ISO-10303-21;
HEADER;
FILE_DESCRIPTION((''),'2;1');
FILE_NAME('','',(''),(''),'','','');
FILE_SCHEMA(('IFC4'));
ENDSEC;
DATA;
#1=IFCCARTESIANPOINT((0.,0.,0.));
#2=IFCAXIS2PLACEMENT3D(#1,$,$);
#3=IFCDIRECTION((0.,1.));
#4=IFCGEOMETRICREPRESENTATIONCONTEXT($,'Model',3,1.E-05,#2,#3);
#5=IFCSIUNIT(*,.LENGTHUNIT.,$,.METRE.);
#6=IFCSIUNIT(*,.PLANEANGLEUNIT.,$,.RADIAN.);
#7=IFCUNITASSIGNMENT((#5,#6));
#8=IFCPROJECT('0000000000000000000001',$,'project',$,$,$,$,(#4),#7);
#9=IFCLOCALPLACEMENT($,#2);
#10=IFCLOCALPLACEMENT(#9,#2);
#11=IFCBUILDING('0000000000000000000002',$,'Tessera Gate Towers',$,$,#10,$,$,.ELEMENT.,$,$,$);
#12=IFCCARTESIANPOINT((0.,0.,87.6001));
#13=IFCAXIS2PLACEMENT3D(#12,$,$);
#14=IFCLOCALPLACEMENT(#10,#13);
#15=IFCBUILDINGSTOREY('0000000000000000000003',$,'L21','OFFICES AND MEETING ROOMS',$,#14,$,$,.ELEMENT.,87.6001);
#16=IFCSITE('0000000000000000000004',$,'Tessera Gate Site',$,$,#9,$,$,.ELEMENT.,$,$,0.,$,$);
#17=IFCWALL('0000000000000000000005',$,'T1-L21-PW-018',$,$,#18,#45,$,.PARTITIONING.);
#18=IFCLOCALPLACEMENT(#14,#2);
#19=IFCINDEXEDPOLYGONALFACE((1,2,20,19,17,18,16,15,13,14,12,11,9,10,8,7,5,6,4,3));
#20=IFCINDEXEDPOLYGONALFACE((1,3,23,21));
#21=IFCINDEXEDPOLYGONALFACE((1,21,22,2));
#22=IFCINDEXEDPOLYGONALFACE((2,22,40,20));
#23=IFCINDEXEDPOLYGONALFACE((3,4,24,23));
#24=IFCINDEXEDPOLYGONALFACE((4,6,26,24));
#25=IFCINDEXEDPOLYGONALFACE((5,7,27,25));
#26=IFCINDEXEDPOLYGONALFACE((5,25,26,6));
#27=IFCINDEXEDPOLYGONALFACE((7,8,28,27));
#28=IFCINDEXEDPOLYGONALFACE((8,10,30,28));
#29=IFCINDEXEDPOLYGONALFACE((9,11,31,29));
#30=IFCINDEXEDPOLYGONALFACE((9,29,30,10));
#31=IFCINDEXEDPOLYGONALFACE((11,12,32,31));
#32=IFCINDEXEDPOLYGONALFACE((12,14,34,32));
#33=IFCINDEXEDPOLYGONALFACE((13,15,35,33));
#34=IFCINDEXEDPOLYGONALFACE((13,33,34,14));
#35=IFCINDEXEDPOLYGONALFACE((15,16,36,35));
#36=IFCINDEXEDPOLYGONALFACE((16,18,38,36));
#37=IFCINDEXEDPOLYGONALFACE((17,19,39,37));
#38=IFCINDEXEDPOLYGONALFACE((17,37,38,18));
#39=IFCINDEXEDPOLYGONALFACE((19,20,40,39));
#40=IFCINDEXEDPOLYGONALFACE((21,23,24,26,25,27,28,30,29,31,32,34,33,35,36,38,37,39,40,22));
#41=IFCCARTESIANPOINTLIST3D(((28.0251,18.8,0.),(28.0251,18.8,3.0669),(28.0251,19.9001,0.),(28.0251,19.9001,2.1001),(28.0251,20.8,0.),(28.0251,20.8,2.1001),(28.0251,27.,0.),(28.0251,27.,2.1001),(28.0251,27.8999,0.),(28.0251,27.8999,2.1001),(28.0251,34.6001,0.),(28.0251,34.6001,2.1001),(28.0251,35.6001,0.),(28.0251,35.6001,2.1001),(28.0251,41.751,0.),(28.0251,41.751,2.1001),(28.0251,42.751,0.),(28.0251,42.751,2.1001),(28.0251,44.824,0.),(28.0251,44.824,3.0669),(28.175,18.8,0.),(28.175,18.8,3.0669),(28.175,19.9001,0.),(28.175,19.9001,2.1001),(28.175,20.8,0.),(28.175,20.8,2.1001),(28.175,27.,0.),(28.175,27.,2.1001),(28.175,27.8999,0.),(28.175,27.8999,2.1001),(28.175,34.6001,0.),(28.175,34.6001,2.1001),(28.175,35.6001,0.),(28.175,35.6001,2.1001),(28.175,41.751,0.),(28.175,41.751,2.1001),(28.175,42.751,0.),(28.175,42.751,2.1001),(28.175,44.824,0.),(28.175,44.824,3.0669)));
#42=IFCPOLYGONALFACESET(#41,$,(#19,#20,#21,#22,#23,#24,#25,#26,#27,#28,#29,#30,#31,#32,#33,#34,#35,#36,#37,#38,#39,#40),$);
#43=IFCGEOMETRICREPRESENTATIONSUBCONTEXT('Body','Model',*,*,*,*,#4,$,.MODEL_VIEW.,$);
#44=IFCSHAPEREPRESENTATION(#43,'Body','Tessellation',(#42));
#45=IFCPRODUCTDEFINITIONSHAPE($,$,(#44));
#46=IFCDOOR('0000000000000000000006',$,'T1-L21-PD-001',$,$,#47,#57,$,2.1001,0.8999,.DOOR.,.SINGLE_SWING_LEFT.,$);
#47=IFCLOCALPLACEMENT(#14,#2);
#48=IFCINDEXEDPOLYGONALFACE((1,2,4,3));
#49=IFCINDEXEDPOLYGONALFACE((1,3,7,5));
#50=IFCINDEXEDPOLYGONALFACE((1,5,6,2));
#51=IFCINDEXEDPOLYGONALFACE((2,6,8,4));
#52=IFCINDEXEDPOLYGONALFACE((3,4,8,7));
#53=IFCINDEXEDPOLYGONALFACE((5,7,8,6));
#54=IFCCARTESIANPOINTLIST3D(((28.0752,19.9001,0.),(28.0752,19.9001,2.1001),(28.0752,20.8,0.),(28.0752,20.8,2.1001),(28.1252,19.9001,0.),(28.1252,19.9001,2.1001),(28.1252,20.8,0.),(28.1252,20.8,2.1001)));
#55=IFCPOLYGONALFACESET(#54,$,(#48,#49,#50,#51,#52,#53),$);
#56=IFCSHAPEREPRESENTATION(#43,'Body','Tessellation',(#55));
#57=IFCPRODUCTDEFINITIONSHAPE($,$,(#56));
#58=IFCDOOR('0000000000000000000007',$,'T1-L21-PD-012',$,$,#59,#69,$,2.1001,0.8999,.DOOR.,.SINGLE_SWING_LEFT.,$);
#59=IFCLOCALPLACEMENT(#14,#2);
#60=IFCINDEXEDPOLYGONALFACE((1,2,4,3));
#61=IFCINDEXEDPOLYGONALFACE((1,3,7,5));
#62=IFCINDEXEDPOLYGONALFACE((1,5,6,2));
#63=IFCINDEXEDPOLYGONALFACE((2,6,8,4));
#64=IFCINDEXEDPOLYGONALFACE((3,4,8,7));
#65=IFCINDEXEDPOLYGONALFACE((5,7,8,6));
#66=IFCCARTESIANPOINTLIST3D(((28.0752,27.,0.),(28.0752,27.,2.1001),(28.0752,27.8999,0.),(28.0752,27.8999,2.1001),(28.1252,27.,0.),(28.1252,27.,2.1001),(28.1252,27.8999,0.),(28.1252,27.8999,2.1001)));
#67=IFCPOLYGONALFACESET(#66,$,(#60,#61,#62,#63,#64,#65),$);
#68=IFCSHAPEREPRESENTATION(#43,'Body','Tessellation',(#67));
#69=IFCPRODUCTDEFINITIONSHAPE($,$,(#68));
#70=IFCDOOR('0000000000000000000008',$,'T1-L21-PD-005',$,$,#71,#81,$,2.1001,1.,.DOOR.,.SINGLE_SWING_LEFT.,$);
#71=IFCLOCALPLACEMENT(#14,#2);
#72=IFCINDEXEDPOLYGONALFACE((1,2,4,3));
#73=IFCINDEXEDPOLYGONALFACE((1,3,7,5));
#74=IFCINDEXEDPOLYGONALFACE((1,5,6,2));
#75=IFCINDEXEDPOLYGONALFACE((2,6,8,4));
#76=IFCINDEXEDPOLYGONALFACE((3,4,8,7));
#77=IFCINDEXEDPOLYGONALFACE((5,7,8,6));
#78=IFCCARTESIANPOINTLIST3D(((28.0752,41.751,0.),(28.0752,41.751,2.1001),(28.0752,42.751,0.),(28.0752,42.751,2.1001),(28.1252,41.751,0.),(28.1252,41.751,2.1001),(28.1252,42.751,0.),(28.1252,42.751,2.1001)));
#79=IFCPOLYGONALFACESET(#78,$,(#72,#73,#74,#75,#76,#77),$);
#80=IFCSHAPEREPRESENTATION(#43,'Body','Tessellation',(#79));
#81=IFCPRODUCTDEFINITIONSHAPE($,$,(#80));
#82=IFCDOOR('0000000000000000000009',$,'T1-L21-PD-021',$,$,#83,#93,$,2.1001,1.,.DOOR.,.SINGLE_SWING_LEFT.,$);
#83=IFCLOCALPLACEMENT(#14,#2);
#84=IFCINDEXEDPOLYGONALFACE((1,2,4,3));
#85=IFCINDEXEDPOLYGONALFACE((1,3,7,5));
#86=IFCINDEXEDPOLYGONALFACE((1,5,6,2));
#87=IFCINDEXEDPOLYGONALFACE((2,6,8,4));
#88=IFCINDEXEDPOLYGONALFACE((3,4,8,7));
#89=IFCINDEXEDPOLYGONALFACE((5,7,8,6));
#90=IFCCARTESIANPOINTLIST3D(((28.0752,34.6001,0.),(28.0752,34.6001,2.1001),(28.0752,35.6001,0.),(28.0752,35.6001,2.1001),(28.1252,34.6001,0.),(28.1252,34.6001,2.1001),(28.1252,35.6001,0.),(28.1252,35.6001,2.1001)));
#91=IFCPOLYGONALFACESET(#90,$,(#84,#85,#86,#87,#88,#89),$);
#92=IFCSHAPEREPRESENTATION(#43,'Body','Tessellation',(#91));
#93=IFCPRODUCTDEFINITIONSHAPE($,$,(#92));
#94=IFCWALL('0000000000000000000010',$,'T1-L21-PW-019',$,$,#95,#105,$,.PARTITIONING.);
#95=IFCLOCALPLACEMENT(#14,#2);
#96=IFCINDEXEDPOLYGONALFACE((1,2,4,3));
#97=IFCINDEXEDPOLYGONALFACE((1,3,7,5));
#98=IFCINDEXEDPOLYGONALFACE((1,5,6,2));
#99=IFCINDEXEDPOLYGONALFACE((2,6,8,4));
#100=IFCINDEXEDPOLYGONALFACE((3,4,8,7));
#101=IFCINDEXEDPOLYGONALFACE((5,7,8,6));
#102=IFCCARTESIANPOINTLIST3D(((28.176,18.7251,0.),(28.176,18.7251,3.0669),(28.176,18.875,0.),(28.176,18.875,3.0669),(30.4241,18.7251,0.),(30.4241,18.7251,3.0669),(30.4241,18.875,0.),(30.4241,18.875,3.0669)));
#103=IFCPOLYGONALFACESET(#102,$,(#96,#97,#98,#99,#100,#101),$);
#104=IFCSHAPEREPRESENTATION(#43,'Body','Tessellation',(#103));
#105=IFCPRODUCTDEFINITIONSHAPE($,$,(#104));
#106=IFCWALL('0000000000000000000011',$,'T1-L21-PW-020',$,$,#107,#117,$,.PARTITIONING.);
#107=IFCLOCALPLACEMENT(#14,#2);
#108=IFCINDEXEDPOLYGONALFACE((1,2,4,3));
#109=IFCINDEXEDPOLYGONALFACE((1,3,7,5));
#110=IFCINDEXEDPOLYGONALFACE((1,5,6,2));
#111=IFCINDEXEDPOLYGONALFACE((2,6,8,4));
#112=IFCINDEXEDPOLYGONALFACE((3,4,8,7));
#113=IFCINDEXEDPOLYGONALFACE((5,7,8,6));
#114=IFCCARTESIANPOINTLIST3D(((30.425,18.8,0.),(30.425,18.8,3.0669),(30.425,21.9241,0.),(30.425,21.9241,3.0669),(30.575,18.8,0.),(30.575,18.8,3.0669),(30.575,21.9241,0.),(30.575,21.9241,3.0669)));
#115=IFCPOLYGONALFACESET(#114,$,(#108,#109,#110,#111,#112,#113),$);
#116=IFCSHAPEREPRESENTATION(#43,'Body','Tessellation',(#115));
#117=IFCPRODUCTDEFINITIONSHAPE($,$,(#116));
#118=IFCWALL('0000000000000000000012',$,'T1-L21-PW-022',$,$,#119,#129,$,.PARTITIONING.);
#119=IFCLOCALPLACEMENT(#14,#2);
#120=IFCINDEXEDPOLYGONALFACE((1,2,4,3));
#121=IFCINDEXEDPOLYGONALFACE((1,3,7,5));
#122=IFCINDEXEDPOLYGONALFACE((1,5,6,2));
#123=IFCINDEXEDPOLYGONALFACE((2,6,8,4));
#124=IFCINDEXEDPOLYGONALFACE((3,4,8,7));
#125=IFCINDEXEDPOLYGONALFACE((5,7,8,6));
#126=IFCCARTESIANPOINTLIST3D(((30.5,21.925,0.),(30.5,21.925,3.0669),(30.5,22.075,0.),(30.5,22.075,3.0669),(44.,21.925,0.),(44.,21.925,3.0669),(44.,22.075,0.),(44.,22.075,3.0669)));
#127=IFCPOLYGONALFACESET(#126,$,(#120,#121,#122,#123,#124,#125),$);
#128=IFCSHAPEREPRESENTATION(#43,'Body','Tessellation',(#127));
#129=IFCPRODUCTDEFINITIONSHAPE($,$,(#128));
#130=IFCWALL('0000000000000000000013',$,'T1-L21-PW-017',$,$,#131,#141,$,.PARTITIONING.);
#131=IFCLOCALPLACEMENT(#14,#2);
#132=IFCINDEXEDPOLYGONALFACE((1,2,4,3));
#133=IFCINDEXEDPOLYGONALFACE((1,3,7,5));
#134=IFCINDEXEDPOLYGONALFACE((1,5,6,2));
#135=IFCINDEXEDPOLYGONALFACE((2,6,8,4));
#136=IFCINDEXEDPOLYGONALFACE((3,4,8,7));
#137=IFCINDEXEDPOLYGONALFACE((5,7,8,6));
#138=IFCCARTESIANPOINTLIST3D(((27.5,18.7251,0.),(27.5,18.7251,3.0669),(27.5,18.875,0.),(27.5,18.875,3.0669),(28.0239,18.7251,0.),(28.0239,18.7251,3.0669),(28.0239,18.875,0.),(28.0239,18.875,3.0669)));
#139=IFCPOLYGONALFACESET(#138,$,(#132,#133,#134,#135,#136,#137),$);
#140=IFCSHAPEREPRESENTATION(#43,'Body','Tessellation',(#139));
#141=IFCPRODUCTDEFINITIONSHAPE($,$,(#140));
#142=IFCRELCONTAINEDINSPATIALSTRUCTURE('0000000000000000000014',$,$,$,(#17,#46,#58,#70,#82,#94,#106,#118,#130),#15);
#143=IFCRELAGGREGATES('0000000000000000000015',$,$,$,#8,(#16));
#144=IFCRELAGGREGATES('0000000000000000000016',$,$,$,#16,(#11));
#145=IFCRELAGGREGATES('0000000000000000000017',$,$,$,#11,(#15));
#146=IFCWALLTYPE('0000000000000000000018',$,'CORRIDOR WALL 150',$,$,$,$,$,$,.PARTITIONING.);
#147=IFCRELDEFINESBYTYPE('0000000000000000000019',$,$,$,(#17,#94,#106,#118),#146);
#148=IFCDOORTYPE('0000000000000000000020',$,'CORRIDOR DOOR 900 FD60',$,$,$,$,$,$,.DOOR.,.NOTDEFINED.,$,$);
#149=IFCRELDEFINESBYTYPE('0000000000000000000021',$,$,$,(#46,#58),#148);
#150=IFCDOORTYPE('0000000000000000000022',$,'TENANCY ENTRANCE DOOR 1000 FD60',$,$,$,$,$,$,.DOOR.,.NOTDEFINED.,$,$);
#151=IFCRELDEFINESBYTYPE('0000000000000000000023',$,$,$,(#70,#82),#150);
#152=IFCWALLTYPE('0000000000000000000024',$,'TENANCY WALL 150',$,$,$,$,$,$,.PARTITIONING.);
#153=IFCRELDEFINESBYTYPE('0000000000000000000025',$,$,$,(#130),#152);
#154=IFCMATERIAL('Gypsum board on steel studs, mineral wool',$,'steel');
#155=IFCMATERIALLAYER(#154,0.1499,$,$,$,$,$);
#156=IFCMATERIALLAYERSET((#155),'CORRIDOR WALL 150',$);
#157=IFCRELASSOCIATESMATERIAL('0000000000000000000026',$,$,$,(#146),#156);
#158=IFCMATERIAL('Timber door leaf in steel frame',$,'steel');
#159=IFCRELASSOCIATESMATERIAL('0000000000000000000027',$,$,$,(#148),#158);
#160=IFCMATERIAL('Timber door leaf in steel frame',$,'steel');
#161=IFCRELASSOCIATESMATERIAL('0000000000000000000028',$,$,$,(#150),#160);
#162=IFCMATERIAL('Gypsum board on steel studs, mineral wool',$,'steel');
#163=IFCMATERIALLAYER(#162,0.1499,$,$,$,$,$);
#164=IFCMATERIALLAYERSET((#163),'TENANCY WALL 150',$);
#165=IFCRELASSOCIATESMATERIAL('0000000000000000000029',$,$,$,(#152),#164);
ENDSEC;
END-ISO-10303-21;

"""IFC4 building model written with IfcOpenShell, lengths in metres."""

from ifc_helpers import new_model, si_unit, direction, frame, frame_2d, origin, place, context, subcontext, project, spatial, rectangle, extrude, source, transform, mapped, material, layer, layer_set, type_object, element, fill, save


model = new_model("IFC4")

# Units and contexts
model_context = context("Model", 3, precision=1e-05, world=origin(), true_north=direction((0.0, 1.0)))
body_context = subcontext(model_context, "Body", "Model", "MODEL_VIEW")
ifc_project = project(units=[si_unit("LENGTHUNIT", "METRE"), si_unit("PLANEANGLEUNIT", "RADIAN")], contexts=[model_context])

# Site, building, storey
site_placement = place(None, origin())
site = spatial("IfcSite", under=ifc_project, at=site_placement, Name="Tessera Gate Site", CompositionType="ELEMENT", RefElevation=0.0)
building_placement = place(site_placement, origin())
building = spatial("IfcBuilding", under=site, at=building_placement, Name="Tessera Gate Towers", CompositionType="ELEMENT")
storey_placement = place(building_placement, frame((0.0, 0.0, 87.6001)))
storey = spatial("IfcBuildingStorey", under=building, at=storey_placement, Name="L21", Description="OFFICES AND MEETING ROOMS", CompositionType="ELEMENT", Elevation=87.6001)

# Wall, openings, doors
ifc_material_1 = material(Name="Gypsum board on steel studs, mineral wool", Category="steel")
ifc_layer_1 = layer(ifc_material_1, 0.1499)
ifc_layer_set_1 = layer_set([ifc_layer_1], Name="CORRIDOR WALL 150")
wall_type_1 = type_object("IfcWallType", Name="CORRIDOR WALL 150", PredefinedType="PARTITIONING", material=ifc_layer_set_1)
wall_1_placement = place(storey_placement, frame((28.1001, 18.8, 0.0), z_axis=(0.0, 0.0, 1.0), x_axis=(0.0, 1.0, 0.0)))
wall_1 = element("IfcWall", 1, at=wall_1_placement, inside=storey, type_object=wall_type_1, Name="T1-L21-PW-018", PredefinedType="PARTITIONING", context=body_context, shape_type="SweptSolid", body=[
    extrude(rectangle(XDim=26.0239, YDim=0.1499, at=frame_2d((13.012, 0.0))), origin(), (0.0, 0.0, 1.0), 3.0669),
])
shared_shape_1 = source(origin(), body_context, "Body", "SweptSolid", [
    extrude(rectangle(XDim=0.8999, YDim=2.1001, at=frame_2d((0.45, 1.05))), frame((0.0, 0.085, 0.0), z_axis=(0.0, -1.0, 0.0), x_axis=(1.0, 0.0, 0.0)), (0.0, 0.0, 1.0), 0.1699),
])
opening_1_placement = place(wall_1_placement, frame((1.1001, 0.0, 0.0)))
opening_1 = element("IfcOpeningElement", 2, at=opening_1_placement, cuts=wall_1, PredefinedType="OPENING", context=body_context, shape_type="MappedRepresentation", body=[
    mapped(shared_shape_1, transform((0.0, 0.0, 0.0), scale=1.0)),
])
shared_shape_2 = source(origin(), body_context, "Body", "SweptSolid", [
    extrude(rectangle(XDim=1.0, YDim=2.1001, at=frame_2d((0.5, 1.05))), frame((0.0, 0.085, 0.0), z_axis=(0.0, -1.0, 0.0), x_axis=(1.0, 0.0, 0.0)), (0.0, 0.0, 1.0), 0.1699),
])
opening_2_placement = place(wall_1_placement, frame((22.9509, 0.0, 0.0)))
opening_2 = element("IfcOpeningElement", 3, at=opening_2_placement, cuts=wall_1, PredefinedType="OPENING", context=body_context, shape_type="MappedRepresentation", body=[
    mapped(shared_shape_2, transform((0.0, 0.0, 0.0), scale=1.0)),
])
opening_3_placement = place(wall_1_placement, frame((8.2, 0.0, 0.0)))
opening_3 = element("IfcOpeningElement", 4, at=opening_3_placement, cuts=wall_1, PredefinedType="OPENING", context=body_context, shape_type="MappedRepresentation", body=[
    mapped(shared_shape_1, transform((0.0, 0.0, 0.0), scale=1.0)),
])
opening_4_placement = place(wall_1_placement, frame((15.8, 0.0, 0.0)))
opening_4 = element("IfcOpeningElement", 5, at=opening_4_placement, cuts=wall_1, PredefinedType="OPENING", context=body_context, shape_type="MappedRepresentation", body=[
    mapped(shared_shape_2, transform((0.0, 0.0, 0.0), scale=1.0)),
])
ifc_material_2 = material(Name="Timber door leaf in steel frame", Category="steel")
door_type_1 = type_object("IfcDoorType", Name="CORRIDOR DOOR 900 FD60", OperationType="NOTDEFINED", PredefinedType="DOOR", material=ifc_material_2)
shared_shape_3 = source(origin(), body_context, "Body", "SweptSolid", [
    extrude(rectangle(XDim=0.8999, YDim=2.1001, at=frame_2d((0.45, 1.05))), frame((0.0, 0.0249, 0.0), z_axis=(0.0, -1.0, 0.0), x_axis=(1.0, 0.0, 0.0)), (0.0, 0.0, 1.0), 0.05),
])
door_1_placement = place(opening_1_placement, origin())
door_1 = element("IfcDoor", 6, at=door_1_placement, inside=storey, type_object=door_type_1, Name="T1-L21-PD-001", OperationType="SINGLE_SWING_LEFT", OverallHeight=2.1001, OverallWidth=0.8999, PredefinedType="DOOR", context=body_context, shape_type="MappedRepresentation", body=[
    mapped(shared_shape_3, transform((0.0, 0.0, 0.0), scale=1.0)),
])
fill(opening_1, door_1)
door_2_placement = place(opening_3_placement, origin())
door_2 = element("IfcDoor", 7, at=door_2_placement, inside=storey, type_object=door_type_1, Name="T1-L21-PD-012", OperationType="SINGLE_SWING_LEFT", OverallHeight=2.1001, OverallWidth=0.8999, PredefinedType="DOOR", context=body_context, shape_type="MappedRepresentation", body=[
    mapped(shared_shape_3, transform((0.0, 0.0, 0.0), scale=1.0)),
])
fill(opening_3, door_2)
ifc_material_3 = material(Name="Timber door leaf in steel frame", Category="steel")
door_type_2 = type_object("IfcDoorType", Name="TENANCY ENTRANCE DOOR 1000 FD60", OperationType="NOTDEFINED", PredefinedType="DOOR", material=ifc_material_3)
shared_shape_4 = source(origin(), body_context, "Body", "SweptSolid", [
    extrude(rectangle(XDim=1.0, YDim=2.1001, at=frame_2d((0.5, 1.05))), frame((0.0, 0.0249, 0.0), z_axis=(0.0, -1.0, 0.0), x_axis=(1.0, 0.0, 0.0)), (0.0, 0.0, 1.0), 0.05),
])
door_3_placement = place(opening_2_placement, origin())
door_3 = element("IfcDoor", 8, at=door_3_placement, inside=storey, type_object=door_type_2, Name="T1-L21-PD-005", OperationType="SINGLE_SWING_LEFT", OverallHeight=2.1001, OverallWidth=1.0, PredefinedType="DOOR", context=body_context, shape_type="MappedRepresentation", body=[
    mapped(shared_shape_4, transform((0.0, 0.0, 0.0), scale=1.0)),
])
fill(opening_2, door_3)
door_4_placement = place(opening_4_placement, origin())
door_4 = element("IfcDoor", 9, at=door_4_placement, inside=storey, type_object=door_type_2, Name="T1-L21-PD-021", OperationType="SINGLE_SWING_LEFT", OverallHeight=2.1001, OverallWidth=1.0, PredefinedType="DOOR", context=body_context, shape_type="MappedRepresentation", body=[
    mapped(shared_shape_4, transform((0.0, 0.0, 0.0), scale=1.0)),
])
fill(opening_4, door_4)

# Walls
wall_2_placement = place(storey_placement, frame((28.176, 18.8, 0.0), z_axis=(0.0, 0.0, 1.0), x_axis=(1.0, 0.0, 0.0)))
element("IfcWall", 10, at=wall_2_placement, inside=storey, type_object=wall_type_1, Name="T1-L21-PW-019", PredefinedType="PARTITIONING", context=body_context, shape_type="SweptSolid", body=[
    extrude(rectangle(XDim=2.248, YDim=0.1499, at=frame_2d((1.124, 0.0))), origin(), (0.0, 0.0, 1.0), 3.0669),
])
wall_3_placement = place(storey_placement, frame((30.5, 18.8, 0.0), z_axis=(0.0, 0.0, 1.0), x_axis=(0.0, 1.0, 0.0)))
element("IfcWall", 11, at=wall_3_placement, inside=storey, type_object=wall_type_1, Name="T1-L21-PW-020", PredefinedType="PARTITIONING", context=body_context, shape_type="SweptSolid", body=[
    extrude(rectangle(XDim=3.124, YDim=0.1499, at=frame_2d((1.562, 0.0))), origin(), (0.0, 0.0, 1.0), 3.0669),
])
wall_4_placement = place(storey_placement, frame((30.5, 22.0, 0.0), z_axis=(0.0, 0.0, 1.0), x_axis=(1.0, 0.0, 0.0)))
element("IfcWall", 12, at=wall_4_placement, inside=storey, type_object=wall_type_1, Name="T1-L21-PW-022", PredefinedType="PARTITIONING", context=body_context, shape_type="SweptSolid", body=[
    extrude(rectangle(XDim=13.5, YDim=0.1499, at=frame_2d((6.75, 0.0))), origin(), (0.0, 0.0, 1.0), 3.0669),
])
ifc_material_4 = material(Name="Gypsum board on steel studs, mineral wool", Category="steel")
ifc_layer_2 = layer(ifc_material_4, 0.1499)
ifc_layer_set_2 = layer_set([ifc_layer_2], Name="TENANCY WALL 150")
wall_type_2 = type_object("IfcWallType", Name="TENANCY WALL 150", PredefinedType="PARTITIONING", material=ifc_layer_set_2)
wall_5_placement = place(storey_placement, frame((27.5, 18.8, 0.0), z_axis=(0.0, 0.0, 1.0), x_axis=(1.0, 0.0, 0.0)))
element("IfcWall", 13, at=wall_5_placement, inside=storey, type_object=wall_type_2, Name="T1-L21-PW-017", PredefinedType="PARTITIONING", context=body_context, shape_type="SweptSolid", body=[
    extrude(rectangle(XDim=0.5239, YDim=0.1499, at=frame_2d((0.262, 0.0))), origin(), (0.0, 0.0, 1.0), 3.0669),
])

save(model, "model.ifc")
